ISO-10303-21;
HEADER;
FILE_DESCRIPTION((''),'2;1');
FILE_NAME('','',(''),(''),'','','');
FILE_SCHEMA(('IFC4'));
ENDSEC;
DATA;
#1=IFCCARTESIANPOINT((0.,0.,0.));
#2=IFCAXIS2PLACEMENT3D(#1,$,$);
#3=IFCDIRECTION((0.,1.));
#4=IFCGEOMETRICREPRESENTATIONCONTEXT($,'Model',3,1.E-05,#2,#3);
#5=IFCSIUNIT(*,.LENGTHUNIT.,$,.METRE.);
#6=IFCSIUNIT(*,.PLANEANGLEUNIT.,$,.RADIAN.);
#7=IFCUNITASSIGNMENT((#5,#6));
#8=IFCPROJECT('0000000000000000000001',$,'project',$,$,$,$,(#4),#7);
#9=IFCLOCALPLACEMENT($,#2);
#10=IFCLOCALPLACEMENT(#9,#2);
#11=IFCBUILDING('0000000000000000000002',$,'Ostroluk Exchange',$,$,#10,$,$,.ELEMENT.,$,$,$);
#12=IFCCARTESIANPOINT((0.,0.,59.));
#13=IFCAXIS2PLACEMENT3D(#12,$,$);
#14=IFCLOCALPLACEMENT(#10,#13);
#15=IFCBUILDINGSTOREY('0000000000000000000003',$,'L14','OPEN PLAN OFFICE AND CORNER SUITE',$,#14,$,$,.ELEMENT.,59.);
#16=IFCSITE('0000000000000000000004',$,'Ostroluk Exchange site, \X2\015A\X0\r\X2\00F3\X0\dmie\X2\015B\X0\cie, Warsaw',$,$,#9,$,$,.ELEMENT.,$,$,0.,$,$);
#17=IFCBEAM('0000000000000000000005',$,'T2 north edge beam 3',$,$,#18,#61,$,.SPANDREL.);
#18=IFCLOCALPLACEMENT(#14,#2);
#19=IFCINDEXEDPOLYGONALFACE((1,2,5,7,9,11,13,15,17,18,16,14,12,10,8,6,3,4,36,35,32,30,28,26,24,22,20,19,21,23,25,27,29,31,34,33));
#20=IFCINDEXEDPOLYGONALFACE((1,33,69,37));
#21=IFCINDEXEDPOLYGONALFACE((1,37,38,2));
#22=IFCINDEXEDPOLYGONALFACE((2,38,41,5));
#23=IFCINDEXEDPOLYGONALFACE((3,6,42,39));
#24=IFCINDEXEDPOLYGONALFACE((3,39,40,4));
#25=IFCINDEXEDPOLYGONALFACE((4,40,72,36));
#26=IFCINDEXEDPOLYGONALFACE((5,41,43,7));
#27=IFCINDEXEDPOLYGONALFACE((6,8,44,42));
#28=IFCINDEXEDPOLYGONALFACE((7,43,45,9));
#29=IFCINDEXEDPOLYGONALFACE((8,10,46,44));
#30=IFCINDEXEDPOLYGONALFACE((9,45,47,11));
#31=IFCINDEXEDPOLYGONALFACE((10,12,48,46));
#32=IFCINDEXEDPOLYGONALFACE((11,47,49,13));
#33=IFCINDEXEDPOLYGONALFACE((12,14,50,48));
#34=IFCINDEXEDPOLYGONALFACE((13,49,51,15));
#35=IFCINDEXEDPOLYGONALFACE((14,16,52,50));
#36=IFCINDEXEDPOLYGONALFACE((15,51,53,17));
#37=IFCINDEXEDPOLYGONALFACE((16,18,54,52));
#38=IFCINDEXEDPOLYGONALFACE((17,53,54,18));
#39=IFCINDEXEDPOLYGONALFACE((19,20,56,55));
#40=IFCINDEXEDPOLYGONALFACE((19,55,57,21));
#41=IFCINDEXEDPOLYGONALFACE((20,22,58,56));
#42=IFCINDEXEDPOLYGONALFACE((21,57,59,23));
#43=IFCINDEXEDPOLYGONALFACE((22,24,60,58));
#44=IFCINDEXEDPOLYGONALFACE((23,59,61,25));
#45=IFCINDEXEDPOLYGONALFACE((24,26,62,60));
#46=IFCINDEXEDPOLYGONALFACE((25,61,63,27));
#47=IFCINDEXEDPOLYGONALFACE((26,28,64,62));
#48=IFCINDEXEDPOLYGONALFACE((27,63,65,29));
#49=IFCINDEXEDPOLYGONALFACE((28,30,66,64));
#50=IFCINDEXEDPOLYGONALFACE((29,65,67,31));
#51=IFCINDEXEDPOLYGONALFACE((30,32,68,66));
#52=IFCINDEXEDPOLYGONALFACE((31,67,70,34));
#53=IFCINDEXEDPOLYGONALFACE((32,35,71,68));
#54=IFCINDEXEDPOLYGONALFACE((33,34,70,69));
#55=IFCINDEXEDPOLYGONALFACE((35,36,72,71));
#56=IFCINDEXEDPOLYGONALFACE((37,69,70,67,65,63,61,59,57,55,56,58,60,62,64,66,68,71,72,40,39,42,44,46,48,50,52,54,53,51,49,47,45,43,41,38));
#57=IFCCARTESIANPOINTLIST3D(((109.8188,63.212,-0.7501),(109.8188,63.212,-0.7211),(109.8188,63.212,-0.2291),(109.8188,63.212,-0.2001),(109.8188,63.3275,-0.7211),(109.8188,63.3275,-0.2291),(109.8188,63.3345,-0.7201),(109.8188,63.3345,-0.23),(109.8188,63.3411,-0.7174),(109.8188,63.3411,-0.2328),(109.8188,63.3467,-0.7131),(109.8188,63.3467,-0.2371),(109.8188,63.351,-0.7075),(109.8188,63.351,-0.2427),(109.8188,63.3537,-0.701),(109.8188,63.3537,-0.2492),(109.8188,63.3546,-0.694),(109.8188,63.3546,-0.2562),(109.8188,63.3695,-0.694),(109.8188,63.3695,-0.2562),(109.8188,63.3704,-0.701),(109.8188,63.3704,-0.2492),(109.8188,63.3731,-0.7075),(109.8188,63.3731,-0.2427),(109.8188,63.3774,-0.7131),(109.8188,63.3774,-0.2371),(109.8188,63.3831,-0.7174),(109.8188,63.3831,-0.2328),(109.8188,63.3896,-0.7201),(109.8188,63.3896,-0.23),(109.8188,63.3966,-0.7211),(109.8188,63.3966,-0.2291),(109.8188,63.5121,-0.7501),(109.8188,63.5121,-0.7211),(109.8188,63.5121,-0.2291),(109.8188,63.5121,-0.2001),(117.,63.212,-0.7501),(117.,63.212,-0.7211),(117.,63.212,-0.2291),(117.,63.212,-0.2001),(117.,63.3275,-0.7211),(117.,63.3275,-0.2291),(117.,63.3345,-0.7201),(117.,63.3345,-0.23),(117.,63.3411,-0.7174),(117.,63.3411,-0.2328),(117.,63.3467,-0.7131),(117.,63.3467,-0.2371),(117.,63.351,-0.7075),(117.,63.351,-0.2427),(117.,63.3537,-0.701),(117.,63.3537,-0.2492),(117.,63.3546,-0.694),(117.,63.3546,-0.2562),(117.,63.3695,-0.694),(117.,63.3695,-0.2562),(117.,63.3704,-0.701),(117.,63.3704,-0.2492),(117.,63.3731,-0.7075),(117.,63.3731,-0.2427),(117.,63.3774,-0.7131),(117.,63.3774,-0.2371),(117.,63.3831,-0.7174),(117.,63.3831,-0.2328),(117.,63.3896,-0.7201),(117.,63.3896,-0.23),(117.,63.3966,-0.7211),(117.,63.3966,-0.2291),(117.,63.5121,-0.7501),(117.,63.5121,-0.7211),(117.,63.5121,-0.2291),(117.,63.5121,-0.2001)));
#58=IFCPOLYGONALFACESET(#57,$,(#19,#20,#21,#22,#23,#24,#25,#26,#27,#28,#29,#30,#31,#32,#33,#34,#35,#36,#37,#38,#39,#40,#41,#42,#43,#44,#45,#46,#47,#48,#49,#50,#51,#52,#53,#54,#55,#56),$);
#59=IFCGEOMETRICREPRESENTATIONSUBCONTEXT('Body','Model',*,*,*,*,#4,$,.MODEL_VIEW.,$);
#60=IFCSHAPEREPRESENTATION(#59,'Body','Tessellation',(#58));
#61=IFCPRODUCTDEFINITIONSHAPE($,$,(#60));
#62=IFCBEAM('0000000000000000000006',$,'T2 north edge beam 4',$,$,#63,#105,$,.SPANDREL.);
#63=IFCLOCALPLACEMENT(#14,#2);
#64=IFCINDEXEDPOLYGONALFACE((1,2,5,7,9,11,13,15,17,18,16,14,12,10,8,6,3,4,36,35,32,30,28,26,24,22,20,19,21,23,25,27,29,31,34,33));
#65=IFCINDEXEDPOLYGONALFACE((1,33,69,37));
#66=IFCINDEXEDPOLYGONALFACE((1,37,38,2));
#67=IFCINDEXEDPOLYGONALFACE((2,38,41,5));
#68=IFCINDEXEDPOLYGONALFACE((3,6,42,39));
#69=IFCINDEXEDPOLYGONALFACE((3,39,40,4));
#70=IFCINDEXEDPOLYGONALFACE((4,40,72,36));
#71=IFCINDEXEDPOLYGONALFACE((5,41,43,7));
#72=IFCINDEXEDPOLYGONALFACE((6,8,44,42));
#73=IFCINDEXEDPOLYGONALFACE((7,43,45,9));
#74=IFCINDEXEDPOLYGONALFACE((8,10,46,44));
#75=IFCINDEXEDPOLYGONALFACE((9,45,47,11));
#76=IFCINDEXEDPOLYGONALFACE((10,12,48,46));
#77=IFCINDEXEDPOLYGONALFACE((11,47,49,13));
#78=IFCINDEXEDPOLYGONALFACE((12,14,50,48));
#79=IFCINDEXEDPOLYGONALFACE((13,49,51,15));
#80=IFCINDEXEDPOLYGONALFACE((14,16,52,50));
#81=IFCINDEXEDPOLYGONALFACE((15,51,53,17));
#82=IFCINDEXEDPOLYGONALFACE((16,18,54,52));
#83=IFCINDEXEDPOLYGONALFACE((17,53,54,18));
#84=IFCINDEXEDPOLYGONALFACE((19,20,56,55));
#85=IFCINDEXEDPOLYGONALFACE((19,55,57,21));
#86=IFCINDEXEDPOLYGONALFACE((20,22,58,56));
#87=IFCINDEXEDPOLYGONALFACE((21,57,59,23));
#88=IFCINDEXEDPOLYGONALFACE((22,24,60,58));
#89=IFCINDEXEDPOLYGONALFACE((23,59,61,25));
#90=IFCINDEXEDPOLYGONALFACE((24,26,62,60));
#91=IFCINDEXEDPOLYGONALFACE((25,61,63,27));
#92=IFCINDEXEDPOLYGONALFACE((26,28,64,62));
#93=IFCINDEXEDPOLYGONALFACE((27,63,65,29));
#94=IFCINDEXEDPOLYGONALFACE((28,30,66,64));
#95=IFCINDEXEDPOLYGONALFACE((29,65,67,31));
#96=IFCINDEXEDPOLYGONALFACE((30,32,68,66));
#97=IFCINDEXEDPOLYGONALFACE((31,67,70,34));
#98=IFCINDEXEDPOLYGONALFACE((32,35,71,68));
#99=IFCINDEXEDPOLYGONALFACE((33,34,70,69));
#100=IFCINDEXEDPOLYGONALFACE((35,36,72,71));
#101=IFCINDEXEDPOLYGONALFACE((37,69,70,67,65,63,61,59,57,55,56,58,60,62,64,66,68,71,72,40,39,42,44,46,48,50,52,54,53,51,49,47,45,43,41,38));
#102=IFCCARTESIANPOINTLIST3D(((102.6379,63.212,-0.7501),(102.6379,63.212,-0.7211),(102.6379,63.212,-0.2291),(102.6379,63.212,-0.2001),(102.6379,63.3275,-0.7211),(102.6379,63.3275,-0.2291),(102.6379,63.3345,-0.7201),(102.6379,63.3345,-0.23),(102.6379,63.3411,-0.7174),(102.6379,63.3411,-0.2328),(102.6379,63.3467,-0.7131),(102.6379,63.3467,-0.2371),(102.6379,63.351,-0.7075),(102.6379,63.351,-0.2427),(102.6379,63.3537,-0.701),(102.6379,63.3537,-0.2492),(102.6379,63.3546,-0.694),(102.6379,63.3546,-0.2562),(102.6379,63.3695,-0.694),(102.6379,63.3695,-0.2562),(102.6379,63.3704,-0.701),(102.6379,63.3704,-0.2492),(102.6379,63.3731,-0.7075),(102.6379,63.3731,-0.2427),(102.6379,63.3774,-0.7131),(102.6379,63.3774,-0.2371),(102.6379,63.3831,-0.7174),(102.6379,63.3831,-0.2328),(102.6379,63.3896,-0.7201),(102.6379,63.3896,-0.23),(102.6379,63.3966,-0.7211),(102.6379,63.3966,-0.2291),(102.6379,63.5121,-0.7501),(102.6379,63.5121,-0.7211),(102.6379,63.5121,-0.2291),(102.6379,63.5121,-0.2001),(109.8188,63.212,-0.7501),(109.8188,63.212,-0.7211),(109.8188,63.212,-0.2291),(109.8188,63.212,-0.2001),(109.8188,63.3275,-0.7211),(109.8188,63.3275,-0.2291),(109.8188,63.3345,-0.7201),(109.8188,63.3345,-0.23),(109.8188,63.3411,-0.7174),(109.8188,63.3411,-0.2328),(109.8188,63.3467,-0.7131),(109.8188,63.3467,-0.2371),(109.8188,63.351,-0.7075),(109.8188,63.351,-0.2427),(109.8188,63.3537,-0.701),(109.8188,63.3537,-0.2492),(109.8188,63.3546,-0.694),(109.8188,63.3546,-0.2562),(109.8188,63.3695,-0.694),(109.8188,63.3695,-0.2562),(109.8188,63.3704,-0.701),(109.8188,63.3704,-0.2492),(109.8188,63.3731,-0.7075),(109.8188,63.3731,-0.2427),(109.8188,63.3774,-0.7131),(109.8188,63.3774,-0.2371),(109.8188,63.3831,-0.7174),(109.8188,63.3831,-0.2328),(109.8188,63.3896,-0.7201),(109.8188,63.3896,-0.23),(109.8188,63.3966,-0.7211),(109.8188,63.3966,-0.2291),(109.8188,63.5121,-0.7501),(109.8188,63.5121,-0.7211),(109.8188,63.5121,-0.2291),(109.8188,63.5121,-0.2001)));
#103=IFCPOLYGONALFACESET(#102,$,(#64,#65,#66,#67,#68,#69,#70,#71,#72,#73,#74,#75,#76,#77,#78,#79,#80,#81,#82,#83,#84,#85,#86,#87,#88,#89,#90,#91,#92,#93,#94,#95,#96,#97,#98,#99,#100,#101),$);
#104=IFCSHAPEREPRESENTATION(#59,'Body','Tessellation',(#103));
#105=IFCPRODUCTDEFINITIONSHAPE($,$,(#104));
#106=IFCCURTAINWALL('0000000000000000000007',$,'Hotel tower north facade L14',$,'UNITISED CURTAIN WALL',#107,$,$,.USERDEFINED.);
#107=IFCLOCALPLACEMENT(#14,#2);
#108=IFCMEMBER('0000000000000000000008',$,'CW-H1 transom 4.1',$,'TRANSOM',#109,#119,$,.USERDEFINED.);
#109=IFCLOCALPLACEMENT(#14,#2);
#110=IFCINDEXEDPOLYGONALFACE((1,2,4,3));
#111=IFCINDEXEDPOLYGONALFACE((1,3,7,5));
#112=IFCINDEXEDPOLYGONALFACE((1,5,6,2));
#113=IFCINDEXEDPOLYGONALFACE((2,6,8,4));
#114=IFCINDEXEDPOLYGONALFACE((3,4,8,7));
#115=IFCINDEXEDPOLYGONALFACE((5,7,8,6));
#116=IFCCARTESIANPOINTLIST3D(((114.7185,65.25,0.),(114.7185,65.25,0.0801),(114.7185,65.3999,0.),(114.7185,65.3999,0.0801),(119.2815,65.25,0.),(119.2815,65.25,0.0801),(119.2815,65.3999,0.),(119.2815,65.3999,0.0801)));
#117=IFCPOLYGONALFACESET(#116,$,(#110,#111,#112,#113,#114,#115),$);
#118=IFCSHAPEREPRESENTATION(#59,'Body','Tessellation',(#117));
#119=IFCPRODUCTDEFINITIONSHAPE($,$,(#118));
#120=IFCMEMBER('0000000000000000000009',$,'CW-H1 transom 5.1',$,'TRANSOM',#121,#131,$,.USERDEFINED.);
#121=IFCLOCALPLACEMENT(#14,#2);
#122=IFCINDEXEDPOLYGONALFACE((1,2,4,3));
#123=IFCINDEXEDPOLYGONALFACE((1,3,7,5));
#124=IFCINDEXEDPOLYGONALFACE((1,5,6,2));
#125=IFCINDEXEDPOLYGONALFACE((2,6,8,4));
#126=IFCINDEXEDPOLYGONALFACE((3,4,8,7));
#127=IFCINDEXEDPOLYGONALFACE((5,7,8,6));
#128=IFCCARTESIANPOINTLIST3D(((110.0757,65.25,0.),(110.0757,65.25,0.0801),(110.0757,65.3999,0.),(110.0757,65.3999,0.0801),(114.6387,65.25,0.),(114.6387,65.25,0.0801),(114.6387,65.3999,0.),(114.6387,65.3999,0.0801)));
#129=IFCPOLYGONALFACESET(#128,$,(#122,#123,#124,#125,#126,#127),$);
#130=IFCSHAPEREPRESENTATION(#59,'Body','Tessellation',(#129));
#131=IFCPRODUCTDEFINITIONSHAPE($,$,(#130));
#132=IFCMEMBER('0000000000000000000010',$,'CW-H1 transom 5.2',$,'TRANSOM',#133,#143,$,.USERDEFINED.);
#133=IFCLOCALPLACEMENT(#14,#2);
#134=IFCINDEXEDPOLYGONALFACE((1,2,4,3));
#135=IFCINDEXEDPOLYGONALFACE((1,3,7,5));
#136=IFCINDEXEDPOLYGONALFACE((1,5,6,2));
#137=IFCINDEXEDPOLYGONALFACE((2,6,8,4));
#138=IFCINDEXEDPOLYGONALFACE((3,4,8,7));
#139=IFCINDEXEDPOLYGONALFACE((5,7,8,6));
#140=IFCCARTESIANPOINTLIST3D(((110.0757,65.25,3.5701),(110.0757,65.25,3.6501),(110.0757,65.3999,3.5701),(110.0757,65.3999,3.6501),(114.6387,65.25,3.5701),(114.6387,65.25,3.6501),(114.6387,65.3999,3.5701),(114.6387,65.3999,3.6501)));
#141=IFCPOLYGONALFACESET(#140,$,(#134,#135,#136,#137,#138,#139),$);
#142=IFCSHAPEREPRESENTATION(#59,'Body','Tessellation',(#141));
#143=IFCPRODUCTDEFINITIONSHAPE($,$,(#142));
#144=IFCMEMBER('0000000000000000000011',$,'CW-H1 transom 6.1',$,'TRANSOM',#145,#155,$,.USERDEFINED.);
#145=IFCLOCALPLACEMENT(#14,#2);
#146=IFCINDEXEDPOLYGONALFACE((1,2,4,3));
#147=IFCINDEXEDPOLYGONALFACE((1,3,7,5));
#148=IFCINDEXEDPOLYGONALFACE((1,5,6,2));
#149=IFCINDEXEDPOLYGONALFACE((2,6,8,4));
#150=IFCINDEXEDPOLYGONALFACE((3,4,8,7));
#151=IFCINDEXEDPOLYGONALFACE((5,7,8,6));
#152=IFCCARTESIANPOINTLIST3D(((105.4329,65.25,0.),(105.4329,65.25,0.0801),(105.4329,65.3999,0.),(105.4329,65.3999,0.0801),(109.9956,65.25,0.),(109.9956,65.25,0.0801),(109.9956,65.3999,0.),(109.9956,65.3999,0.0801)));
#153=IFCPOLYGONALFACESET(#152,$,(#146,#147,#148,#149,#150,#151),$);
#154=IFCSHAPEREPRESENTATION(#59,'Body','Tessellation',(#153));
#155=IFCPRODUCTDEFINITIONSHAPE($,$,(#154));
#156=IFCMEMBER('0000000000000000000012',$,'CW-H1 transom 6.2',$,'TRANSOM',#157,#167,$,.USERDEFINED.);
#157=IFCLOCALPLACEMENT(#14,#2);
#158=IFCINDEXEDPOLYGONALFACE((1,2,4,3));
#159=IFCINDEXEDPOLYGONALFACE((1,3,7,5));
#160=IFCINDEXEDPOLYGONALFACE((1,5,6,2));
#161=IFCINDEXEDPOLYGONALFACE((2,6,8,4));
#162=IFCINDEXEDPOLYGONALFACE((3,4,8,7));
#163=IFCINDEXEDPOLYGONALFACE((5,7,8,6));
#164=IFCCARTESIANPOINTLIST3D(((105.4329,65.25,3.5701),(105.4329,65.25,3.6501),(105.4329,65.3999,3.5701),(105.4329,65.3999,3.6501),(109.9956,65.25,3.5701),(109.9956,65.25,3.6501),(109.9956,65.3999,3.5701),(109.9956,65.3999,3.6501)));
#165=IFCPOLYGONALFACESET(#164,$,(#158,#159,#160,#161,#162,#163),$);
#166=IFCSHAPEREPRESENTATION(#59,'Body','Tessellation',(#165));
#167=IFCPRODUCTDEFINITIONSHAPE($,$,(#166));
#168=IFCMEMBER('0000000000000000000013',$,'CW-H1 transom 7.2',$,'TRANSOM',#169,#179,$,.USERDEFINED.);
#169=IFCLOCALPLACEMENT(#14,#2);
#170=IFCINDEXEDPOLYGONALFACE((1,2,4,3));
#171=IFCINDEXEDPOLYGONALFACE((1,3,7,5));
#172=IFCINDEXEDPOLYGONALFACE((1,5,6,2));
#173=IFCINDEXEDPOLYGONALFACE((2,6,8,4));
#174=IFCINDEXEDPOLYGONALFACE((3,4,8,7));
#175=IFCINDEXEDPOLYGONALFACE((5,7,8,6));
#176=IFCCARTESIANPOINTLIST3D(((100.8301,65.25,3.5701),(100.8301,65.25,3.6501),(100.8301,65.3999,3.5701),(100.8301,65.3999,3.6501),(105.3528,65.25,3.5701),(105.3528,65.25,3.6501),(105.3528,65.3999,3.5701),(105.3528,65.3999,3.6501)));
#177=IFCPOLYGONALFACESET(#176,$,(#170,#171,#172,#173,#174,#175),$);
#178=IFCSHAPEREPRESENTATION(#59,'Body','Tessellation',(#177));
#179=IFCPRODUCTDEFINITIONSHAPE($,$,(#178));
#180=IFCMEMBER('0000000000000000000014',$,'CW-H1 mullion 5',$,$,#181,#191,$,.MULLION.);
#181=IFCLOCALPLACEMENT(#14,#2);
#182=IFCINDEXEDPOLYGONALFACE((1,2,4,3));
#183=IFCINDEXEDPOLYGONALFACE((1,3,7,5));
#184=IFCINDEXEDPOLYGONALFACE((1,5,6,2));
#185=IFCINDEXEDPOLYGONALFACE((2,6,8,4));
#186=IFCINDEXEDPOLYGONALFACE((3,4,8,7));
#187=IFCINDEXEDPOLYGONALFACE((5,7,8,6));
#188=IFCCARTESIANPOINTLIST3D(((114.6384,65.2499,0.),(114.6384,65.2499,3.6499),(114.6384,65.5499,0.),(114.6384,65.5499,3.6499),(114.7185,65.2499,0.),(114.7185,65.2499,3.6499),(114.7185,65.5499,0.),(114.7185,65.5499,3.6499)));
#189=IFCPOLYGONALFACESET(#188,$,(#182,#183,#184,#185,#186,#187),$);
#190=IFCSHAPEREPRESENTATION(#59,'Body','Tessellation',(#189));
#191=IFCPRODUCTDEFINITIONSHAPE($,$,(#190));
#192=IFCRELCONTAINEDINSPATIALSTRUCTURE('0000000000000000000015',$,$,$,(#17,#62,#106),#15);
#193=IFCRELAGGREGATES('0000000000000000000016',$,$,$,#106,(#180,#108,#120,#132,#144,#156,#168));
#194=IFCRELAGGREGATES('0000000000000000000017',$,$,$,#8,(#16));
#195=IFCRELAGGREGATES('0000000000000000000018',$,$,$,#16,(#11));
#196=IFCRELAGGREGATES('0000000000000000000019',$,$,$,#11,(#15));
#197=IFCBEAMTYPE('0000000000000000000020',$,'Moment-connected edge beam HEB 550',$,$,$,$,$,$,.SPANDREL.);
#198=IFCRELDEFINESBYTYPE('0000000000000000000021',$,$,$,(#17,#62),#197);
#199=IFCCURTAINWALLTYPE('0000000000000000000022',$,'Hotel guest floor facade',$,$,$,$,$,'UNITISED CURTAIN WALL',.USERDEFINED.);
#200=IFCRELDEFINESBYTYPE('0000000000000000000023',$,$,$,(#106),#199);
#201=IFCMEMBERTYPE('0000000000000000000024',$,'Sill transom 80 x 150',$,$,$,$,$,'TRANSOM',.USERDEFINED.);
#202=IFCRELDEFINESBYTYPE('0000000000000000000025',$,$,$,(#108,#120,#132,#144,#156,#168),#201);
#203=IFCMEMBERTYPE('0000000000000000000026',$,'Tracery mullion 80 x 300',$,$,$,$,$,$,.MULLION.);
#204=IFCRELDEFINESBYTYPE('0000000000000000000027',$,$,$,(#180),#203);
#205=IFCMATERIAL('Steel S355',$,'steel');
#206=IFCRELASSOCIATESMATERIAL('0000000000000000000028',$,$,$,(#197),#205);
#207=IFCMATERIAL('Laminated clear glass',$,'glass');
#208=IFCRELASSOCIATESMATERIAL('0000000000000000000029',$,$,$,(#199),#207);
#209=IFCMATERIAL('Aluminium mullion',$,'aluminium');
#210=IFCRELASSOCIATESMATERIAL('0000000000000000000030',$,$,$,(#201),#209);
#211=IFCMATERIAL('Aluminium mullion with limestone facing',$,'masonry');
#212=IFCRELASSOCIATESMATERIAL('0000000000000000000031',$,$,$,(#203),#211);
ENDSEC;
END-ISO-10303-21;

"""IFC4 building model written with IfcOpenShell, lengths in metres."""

from ifc_helpers import new_model, si_unit, direction, frame, origin, origin_2d, place, context, subcontext, project, spatial, rectangle, i_section, extrude, material, material_profile, profile_set, type_object, element, aggregate, save


model = new_model("IFC4")

# Units and contexts
model_context = context("Model", 3, precision=1e-05, world=origin(), true_north=direction((0.0, 1.0)))
body_context = subcontext(model_context, "Body", "Model", "MODEL_VIEW")
ifc_project = project(units=[si_unit("LENGTHUNIT", "METRE"), si_unit("PLANEANGLEUNIT", "RADIAN")], contexts=[model_context])

# Site, building, storey
site_placement = place(None, origin())
site = spatial("IfcSite", under=ifc_project, at=site_placement, Name="Ostroluk Exchange site, Śródmieście, Warsaw", CompositionType="ELEMENT", RefElevation=0.0)
building_placement = place(site_placement, origin())
building = spatial("IfcBuilding", under=site, at=building_placement, Name="Ostroluk Exchange", CompositionType="ELEMENT")
storey_placement = place(building_placement, frame((0.0, 0.0, 59.0)))
storey = spatial("IfcBuildingStorey", under=building, at=storey_placement, Name="L14", Description="OPEN PLAN OFFICE AND CORNER SUITE", CompositionType="ELEMENT", Elevation=59.0)

# Beams
ifc_material_1 = material(Name="Steel S355", Category="steel")
ifc_material_profile_1 = material_profile(ifc_material_1, i_section(OverallWidth=0.3, OverallDepth=0.55, WebThickness=0.0149, FlangeThickness=0.0291, FilletRadius=0.0271, at=origin_2d()), Name="HEB 550")
ifc_profile_set_1 = profile_set([ifc_material_profile_1], Name="Steel S355")
beam_type = type_object("IfcBeamType", Name="Moment-connected edge beam HEB 550", PredefinedType="SPANDREL", material=ifc_profile_set_1)
beam_1_placement = place(storey_placement, frame((117.0, 63.3621, -0.4751), z_axis=(-1.0, 0.0, 0.0), x_axis=(0.0, -1.0, 0.0)))
element("IfcBeam", 1, at=beam_1_placement, inside=storey, type_object=beam_type, Name="T2 north edge beam 3", PredefinedType="SPANDREL", context=body_context, shape_type="SweptSolid", body=[
    extrude(i_section(OverallWidth=0.3, OverallDepth=0.55, WebThickness=0.0149, FlangeThickness=0.0291, FilletRadius=0.0271, at=origin_2d()), origin(), (0.0, 0.0, 1.0), 7.1812),
])
beam_2_placement = place(storey_placement, frame((109.8188, 63.3621, -0.4751), z_axis=(-1.0, 0.0, 0.0), x_axis=(0.0, -1.0, 0.0)))
element("IfcBeam", 2, at=beam_2_placement, inside=storey, type_object=beam_type, Name="T2 north edge beam 4", PredefinedType="SPANDREL", context=body_context, shape_type="SweptSolid", body=[
    extrude(i_section(OverallWidth=0.3, OverallDepth=0.55, WebThickness=0.0149, FlangeThickness=0.0291, FilletRadius=0.0271, at=origin_2d()), origin(), (0.0, 0.0, 1.0), 7.1809),
])

# Curtain wall, members
ifc_material_2 = material(Name="Laminated clear glass", Category="glass")
curtain_wall_type = type_object("IfcCurtainWallType", Name="Hotel guest floor facade", ElementType="UNITISED CURTAIN WALL", PredefinedType="USERDEFINED", material=ifc_material_2)
curtain_wall_placement = place(storey_placement, origin())
curtain_wall = element("IfcCurtainWall", 3, at=curtain_wall_placement, inside=storey, type_object=curtain_wall_type, Name="Hotel tower north facade L14", ObjectType="UNITISED CURTAIN WALL", PredefinedType="USERDEFINED")
ifc_material_3 = material(Name="Aluminium mullion", Category="aluminium")
ifc_material_profile_2 = material_profile(ifc_material_3, rectangle(XDim=0.1499, YDim=0.0801, at=origin_2d()), Name="Sill transom 80 x 150")
ifc_profile_set_2 = profile_set([ifc_material_profile_2], Name="Aluminium mullion")
member_type_1 = type_object("IfcMemberType", Name="Sill transom 80 x 150", ElementType="TRANSOM", PredefinedType="USERDEFINED", material=ifc_profile_set_2)
member_1_placement = place(storey_placement, frame((119.2815, 65.325, 0.04), z_axis=(-1.0, 0.0, 0.0), x_axis=(0.0, -1.0, 0.0)))
member_1 = element("IfcMember", 4, at=member_1_placement, type_object=member_type_1, Name="CW-H1 transom 4.1", ObjectType="TRANSOM", PredefinedType="USERDEFINED", context=body_context, shape_type="SweptSolid", body=[
    extrude(rectangle(XDim=0.1499, YDim=0.0801, at=origin_2d()), origin(), (0.0, 0.0, 1.0), 4.563),
])
member_2_placement = place(storey_placement, frame((114.6387, 65.325, 0.04), z_axis=(-1.0, 0.0, 0.0), x_axis=(0.0, -1.0, 0.0)))
member_2 = element("IfcMember", 5, at=member_2_placement, type_object=member_type_1, Name="CW-H1 transom 5.1", ObjectType="TRANSOM", PredefinedType="USERDEFINED", context=body_context, shape_type="SweptSolid", body=[
    extrude(rectangle(XDim=0.1499, YDim=0.0801, at=origin_2d()), origin(), (0.0, 0.0, 1.0), 4.563),
])
member_3_placement = place(storey_placement, frame((114.6387, 65.325, 3.6101), z_axis=(-1.0, 0.0, 0.0), x_axis=(0.0, -1.0, 0.0)))
member_3 = element("IfcMember", 6, at=member_3_placement, type_object=member_type_1, Name="CW-H1 transom 5.2", ObjectType="TRANSOM", PredefinedType="USERDEFINED", context=body_context, shape_type="SweptSolid", body=[
    extrude(rectangle(XDim=0.1499, YDim=0.0801, at=origin_2d()), origin(), (0.0, 0.0, 1.0), 4.563),
])
member_4_placement = place(storey_placement, frame((109.9956, 65.325, 0.04), z_axis=(-1.0, 0.0, 0.0), x_axis=(0.0, -1.0, 0.0)))
member_4 = element("IfcMember", 7, at=member_4_placement, type_object=member_type_1, Name="CW-H1 transom 6.1", ObjectType="TRANSOM", PredefinedType="USERDEFINED", context=body_context, shape_type="SweptSolid", body=[
    extrude(rectangle(XDim=0.1499, YDim=0.0801, at=origin_2d()), origin(), (0.0, 0.0, 1.0), 4.5627),
])
member_5_placement = place(storey_placement, frame((109.9956, 65.325, 3.6101), z_axis=(-1.0, 0.0, 0.0), x_axis=(0.0, -1.0, 0.0)))
member_5 = element("IfcMember", 8, at=member_5_placement, type_object=member_type_1, Name="CW-H1 transom 6.2", ObjectType="TRANSOM", PredefinedType="USERDEFINED", context=body_context, shape_type="SweptSolid", body=[
    extrude(rectangle(XDim=0.1499, YDim=0.0801, at=origin_2d()), origin(), (0.0, 0.0, 1.0), 4.5627),
])
member_6_placement = place(storey_placement, frame((105.3528, 65.325, 3.6101), z_axis=(-1.0, 0.0, 0.0), x_axis=(0.0, -1.0, 0.0)))
member_6 = element("IfcMember", 9, at=member_6_placement, type_object=member_type_1, Name="CW-H1 transom 7.2", ObjectType="TRANSOM", PredefinedType="USERDEFINED", context=body_context, shape_type="SweptSolid", body=[
    extrude(rectangle(XDim=0.1499, YDim=0.0801, at=origin_2d()), origin(), (0.0, 0.0, 1.0), 4.5227),
])
ifc_material_4 = material(Name="Aluminium mullion with limestone facing", Category="masonry")
ifc_material_profile_3 = material_profile(ifc_material_4, rectangle(XDim=0.3, YDim=0.0801, at=origin_2d()), Name="Tracery mullion 80 x 300")
ifc_profile_set_3 = profile_set([ifc_material_profile_3], Name="Aluminium mullion with limestone facing")
member_type_2 = type_object("IfcMemberType", Name="Tracery mullion 80 x 300", PredefinedType="MULLION", material=ifc_profile_set_3)
member_7_placement = place(storey_placement, frame((114.6785, 65.3999, 0.0), z_axis=(0.0, 0.0, 1.0), x_axis=(0.0, -1.0, 0.0)))
member_7 = element("IfcMember", 10, at=member_7_placement, type_object=member_type_2, Name="CW-H1 mullion 5", PredefinedType="MULLION", context=body_context, shape_type="SweptSolid", body=[
    extrude(rectangle(XDim=0.3, YDim=0.0801, at=origin_2d()), origin(), (0.0, 0.0, 1.0), 3.6499),
])
aggregate(curtain_wall, [member_7, member_1, member_2, member_3, member_4, member_5, member_6])

save(model, "model.ifc")
